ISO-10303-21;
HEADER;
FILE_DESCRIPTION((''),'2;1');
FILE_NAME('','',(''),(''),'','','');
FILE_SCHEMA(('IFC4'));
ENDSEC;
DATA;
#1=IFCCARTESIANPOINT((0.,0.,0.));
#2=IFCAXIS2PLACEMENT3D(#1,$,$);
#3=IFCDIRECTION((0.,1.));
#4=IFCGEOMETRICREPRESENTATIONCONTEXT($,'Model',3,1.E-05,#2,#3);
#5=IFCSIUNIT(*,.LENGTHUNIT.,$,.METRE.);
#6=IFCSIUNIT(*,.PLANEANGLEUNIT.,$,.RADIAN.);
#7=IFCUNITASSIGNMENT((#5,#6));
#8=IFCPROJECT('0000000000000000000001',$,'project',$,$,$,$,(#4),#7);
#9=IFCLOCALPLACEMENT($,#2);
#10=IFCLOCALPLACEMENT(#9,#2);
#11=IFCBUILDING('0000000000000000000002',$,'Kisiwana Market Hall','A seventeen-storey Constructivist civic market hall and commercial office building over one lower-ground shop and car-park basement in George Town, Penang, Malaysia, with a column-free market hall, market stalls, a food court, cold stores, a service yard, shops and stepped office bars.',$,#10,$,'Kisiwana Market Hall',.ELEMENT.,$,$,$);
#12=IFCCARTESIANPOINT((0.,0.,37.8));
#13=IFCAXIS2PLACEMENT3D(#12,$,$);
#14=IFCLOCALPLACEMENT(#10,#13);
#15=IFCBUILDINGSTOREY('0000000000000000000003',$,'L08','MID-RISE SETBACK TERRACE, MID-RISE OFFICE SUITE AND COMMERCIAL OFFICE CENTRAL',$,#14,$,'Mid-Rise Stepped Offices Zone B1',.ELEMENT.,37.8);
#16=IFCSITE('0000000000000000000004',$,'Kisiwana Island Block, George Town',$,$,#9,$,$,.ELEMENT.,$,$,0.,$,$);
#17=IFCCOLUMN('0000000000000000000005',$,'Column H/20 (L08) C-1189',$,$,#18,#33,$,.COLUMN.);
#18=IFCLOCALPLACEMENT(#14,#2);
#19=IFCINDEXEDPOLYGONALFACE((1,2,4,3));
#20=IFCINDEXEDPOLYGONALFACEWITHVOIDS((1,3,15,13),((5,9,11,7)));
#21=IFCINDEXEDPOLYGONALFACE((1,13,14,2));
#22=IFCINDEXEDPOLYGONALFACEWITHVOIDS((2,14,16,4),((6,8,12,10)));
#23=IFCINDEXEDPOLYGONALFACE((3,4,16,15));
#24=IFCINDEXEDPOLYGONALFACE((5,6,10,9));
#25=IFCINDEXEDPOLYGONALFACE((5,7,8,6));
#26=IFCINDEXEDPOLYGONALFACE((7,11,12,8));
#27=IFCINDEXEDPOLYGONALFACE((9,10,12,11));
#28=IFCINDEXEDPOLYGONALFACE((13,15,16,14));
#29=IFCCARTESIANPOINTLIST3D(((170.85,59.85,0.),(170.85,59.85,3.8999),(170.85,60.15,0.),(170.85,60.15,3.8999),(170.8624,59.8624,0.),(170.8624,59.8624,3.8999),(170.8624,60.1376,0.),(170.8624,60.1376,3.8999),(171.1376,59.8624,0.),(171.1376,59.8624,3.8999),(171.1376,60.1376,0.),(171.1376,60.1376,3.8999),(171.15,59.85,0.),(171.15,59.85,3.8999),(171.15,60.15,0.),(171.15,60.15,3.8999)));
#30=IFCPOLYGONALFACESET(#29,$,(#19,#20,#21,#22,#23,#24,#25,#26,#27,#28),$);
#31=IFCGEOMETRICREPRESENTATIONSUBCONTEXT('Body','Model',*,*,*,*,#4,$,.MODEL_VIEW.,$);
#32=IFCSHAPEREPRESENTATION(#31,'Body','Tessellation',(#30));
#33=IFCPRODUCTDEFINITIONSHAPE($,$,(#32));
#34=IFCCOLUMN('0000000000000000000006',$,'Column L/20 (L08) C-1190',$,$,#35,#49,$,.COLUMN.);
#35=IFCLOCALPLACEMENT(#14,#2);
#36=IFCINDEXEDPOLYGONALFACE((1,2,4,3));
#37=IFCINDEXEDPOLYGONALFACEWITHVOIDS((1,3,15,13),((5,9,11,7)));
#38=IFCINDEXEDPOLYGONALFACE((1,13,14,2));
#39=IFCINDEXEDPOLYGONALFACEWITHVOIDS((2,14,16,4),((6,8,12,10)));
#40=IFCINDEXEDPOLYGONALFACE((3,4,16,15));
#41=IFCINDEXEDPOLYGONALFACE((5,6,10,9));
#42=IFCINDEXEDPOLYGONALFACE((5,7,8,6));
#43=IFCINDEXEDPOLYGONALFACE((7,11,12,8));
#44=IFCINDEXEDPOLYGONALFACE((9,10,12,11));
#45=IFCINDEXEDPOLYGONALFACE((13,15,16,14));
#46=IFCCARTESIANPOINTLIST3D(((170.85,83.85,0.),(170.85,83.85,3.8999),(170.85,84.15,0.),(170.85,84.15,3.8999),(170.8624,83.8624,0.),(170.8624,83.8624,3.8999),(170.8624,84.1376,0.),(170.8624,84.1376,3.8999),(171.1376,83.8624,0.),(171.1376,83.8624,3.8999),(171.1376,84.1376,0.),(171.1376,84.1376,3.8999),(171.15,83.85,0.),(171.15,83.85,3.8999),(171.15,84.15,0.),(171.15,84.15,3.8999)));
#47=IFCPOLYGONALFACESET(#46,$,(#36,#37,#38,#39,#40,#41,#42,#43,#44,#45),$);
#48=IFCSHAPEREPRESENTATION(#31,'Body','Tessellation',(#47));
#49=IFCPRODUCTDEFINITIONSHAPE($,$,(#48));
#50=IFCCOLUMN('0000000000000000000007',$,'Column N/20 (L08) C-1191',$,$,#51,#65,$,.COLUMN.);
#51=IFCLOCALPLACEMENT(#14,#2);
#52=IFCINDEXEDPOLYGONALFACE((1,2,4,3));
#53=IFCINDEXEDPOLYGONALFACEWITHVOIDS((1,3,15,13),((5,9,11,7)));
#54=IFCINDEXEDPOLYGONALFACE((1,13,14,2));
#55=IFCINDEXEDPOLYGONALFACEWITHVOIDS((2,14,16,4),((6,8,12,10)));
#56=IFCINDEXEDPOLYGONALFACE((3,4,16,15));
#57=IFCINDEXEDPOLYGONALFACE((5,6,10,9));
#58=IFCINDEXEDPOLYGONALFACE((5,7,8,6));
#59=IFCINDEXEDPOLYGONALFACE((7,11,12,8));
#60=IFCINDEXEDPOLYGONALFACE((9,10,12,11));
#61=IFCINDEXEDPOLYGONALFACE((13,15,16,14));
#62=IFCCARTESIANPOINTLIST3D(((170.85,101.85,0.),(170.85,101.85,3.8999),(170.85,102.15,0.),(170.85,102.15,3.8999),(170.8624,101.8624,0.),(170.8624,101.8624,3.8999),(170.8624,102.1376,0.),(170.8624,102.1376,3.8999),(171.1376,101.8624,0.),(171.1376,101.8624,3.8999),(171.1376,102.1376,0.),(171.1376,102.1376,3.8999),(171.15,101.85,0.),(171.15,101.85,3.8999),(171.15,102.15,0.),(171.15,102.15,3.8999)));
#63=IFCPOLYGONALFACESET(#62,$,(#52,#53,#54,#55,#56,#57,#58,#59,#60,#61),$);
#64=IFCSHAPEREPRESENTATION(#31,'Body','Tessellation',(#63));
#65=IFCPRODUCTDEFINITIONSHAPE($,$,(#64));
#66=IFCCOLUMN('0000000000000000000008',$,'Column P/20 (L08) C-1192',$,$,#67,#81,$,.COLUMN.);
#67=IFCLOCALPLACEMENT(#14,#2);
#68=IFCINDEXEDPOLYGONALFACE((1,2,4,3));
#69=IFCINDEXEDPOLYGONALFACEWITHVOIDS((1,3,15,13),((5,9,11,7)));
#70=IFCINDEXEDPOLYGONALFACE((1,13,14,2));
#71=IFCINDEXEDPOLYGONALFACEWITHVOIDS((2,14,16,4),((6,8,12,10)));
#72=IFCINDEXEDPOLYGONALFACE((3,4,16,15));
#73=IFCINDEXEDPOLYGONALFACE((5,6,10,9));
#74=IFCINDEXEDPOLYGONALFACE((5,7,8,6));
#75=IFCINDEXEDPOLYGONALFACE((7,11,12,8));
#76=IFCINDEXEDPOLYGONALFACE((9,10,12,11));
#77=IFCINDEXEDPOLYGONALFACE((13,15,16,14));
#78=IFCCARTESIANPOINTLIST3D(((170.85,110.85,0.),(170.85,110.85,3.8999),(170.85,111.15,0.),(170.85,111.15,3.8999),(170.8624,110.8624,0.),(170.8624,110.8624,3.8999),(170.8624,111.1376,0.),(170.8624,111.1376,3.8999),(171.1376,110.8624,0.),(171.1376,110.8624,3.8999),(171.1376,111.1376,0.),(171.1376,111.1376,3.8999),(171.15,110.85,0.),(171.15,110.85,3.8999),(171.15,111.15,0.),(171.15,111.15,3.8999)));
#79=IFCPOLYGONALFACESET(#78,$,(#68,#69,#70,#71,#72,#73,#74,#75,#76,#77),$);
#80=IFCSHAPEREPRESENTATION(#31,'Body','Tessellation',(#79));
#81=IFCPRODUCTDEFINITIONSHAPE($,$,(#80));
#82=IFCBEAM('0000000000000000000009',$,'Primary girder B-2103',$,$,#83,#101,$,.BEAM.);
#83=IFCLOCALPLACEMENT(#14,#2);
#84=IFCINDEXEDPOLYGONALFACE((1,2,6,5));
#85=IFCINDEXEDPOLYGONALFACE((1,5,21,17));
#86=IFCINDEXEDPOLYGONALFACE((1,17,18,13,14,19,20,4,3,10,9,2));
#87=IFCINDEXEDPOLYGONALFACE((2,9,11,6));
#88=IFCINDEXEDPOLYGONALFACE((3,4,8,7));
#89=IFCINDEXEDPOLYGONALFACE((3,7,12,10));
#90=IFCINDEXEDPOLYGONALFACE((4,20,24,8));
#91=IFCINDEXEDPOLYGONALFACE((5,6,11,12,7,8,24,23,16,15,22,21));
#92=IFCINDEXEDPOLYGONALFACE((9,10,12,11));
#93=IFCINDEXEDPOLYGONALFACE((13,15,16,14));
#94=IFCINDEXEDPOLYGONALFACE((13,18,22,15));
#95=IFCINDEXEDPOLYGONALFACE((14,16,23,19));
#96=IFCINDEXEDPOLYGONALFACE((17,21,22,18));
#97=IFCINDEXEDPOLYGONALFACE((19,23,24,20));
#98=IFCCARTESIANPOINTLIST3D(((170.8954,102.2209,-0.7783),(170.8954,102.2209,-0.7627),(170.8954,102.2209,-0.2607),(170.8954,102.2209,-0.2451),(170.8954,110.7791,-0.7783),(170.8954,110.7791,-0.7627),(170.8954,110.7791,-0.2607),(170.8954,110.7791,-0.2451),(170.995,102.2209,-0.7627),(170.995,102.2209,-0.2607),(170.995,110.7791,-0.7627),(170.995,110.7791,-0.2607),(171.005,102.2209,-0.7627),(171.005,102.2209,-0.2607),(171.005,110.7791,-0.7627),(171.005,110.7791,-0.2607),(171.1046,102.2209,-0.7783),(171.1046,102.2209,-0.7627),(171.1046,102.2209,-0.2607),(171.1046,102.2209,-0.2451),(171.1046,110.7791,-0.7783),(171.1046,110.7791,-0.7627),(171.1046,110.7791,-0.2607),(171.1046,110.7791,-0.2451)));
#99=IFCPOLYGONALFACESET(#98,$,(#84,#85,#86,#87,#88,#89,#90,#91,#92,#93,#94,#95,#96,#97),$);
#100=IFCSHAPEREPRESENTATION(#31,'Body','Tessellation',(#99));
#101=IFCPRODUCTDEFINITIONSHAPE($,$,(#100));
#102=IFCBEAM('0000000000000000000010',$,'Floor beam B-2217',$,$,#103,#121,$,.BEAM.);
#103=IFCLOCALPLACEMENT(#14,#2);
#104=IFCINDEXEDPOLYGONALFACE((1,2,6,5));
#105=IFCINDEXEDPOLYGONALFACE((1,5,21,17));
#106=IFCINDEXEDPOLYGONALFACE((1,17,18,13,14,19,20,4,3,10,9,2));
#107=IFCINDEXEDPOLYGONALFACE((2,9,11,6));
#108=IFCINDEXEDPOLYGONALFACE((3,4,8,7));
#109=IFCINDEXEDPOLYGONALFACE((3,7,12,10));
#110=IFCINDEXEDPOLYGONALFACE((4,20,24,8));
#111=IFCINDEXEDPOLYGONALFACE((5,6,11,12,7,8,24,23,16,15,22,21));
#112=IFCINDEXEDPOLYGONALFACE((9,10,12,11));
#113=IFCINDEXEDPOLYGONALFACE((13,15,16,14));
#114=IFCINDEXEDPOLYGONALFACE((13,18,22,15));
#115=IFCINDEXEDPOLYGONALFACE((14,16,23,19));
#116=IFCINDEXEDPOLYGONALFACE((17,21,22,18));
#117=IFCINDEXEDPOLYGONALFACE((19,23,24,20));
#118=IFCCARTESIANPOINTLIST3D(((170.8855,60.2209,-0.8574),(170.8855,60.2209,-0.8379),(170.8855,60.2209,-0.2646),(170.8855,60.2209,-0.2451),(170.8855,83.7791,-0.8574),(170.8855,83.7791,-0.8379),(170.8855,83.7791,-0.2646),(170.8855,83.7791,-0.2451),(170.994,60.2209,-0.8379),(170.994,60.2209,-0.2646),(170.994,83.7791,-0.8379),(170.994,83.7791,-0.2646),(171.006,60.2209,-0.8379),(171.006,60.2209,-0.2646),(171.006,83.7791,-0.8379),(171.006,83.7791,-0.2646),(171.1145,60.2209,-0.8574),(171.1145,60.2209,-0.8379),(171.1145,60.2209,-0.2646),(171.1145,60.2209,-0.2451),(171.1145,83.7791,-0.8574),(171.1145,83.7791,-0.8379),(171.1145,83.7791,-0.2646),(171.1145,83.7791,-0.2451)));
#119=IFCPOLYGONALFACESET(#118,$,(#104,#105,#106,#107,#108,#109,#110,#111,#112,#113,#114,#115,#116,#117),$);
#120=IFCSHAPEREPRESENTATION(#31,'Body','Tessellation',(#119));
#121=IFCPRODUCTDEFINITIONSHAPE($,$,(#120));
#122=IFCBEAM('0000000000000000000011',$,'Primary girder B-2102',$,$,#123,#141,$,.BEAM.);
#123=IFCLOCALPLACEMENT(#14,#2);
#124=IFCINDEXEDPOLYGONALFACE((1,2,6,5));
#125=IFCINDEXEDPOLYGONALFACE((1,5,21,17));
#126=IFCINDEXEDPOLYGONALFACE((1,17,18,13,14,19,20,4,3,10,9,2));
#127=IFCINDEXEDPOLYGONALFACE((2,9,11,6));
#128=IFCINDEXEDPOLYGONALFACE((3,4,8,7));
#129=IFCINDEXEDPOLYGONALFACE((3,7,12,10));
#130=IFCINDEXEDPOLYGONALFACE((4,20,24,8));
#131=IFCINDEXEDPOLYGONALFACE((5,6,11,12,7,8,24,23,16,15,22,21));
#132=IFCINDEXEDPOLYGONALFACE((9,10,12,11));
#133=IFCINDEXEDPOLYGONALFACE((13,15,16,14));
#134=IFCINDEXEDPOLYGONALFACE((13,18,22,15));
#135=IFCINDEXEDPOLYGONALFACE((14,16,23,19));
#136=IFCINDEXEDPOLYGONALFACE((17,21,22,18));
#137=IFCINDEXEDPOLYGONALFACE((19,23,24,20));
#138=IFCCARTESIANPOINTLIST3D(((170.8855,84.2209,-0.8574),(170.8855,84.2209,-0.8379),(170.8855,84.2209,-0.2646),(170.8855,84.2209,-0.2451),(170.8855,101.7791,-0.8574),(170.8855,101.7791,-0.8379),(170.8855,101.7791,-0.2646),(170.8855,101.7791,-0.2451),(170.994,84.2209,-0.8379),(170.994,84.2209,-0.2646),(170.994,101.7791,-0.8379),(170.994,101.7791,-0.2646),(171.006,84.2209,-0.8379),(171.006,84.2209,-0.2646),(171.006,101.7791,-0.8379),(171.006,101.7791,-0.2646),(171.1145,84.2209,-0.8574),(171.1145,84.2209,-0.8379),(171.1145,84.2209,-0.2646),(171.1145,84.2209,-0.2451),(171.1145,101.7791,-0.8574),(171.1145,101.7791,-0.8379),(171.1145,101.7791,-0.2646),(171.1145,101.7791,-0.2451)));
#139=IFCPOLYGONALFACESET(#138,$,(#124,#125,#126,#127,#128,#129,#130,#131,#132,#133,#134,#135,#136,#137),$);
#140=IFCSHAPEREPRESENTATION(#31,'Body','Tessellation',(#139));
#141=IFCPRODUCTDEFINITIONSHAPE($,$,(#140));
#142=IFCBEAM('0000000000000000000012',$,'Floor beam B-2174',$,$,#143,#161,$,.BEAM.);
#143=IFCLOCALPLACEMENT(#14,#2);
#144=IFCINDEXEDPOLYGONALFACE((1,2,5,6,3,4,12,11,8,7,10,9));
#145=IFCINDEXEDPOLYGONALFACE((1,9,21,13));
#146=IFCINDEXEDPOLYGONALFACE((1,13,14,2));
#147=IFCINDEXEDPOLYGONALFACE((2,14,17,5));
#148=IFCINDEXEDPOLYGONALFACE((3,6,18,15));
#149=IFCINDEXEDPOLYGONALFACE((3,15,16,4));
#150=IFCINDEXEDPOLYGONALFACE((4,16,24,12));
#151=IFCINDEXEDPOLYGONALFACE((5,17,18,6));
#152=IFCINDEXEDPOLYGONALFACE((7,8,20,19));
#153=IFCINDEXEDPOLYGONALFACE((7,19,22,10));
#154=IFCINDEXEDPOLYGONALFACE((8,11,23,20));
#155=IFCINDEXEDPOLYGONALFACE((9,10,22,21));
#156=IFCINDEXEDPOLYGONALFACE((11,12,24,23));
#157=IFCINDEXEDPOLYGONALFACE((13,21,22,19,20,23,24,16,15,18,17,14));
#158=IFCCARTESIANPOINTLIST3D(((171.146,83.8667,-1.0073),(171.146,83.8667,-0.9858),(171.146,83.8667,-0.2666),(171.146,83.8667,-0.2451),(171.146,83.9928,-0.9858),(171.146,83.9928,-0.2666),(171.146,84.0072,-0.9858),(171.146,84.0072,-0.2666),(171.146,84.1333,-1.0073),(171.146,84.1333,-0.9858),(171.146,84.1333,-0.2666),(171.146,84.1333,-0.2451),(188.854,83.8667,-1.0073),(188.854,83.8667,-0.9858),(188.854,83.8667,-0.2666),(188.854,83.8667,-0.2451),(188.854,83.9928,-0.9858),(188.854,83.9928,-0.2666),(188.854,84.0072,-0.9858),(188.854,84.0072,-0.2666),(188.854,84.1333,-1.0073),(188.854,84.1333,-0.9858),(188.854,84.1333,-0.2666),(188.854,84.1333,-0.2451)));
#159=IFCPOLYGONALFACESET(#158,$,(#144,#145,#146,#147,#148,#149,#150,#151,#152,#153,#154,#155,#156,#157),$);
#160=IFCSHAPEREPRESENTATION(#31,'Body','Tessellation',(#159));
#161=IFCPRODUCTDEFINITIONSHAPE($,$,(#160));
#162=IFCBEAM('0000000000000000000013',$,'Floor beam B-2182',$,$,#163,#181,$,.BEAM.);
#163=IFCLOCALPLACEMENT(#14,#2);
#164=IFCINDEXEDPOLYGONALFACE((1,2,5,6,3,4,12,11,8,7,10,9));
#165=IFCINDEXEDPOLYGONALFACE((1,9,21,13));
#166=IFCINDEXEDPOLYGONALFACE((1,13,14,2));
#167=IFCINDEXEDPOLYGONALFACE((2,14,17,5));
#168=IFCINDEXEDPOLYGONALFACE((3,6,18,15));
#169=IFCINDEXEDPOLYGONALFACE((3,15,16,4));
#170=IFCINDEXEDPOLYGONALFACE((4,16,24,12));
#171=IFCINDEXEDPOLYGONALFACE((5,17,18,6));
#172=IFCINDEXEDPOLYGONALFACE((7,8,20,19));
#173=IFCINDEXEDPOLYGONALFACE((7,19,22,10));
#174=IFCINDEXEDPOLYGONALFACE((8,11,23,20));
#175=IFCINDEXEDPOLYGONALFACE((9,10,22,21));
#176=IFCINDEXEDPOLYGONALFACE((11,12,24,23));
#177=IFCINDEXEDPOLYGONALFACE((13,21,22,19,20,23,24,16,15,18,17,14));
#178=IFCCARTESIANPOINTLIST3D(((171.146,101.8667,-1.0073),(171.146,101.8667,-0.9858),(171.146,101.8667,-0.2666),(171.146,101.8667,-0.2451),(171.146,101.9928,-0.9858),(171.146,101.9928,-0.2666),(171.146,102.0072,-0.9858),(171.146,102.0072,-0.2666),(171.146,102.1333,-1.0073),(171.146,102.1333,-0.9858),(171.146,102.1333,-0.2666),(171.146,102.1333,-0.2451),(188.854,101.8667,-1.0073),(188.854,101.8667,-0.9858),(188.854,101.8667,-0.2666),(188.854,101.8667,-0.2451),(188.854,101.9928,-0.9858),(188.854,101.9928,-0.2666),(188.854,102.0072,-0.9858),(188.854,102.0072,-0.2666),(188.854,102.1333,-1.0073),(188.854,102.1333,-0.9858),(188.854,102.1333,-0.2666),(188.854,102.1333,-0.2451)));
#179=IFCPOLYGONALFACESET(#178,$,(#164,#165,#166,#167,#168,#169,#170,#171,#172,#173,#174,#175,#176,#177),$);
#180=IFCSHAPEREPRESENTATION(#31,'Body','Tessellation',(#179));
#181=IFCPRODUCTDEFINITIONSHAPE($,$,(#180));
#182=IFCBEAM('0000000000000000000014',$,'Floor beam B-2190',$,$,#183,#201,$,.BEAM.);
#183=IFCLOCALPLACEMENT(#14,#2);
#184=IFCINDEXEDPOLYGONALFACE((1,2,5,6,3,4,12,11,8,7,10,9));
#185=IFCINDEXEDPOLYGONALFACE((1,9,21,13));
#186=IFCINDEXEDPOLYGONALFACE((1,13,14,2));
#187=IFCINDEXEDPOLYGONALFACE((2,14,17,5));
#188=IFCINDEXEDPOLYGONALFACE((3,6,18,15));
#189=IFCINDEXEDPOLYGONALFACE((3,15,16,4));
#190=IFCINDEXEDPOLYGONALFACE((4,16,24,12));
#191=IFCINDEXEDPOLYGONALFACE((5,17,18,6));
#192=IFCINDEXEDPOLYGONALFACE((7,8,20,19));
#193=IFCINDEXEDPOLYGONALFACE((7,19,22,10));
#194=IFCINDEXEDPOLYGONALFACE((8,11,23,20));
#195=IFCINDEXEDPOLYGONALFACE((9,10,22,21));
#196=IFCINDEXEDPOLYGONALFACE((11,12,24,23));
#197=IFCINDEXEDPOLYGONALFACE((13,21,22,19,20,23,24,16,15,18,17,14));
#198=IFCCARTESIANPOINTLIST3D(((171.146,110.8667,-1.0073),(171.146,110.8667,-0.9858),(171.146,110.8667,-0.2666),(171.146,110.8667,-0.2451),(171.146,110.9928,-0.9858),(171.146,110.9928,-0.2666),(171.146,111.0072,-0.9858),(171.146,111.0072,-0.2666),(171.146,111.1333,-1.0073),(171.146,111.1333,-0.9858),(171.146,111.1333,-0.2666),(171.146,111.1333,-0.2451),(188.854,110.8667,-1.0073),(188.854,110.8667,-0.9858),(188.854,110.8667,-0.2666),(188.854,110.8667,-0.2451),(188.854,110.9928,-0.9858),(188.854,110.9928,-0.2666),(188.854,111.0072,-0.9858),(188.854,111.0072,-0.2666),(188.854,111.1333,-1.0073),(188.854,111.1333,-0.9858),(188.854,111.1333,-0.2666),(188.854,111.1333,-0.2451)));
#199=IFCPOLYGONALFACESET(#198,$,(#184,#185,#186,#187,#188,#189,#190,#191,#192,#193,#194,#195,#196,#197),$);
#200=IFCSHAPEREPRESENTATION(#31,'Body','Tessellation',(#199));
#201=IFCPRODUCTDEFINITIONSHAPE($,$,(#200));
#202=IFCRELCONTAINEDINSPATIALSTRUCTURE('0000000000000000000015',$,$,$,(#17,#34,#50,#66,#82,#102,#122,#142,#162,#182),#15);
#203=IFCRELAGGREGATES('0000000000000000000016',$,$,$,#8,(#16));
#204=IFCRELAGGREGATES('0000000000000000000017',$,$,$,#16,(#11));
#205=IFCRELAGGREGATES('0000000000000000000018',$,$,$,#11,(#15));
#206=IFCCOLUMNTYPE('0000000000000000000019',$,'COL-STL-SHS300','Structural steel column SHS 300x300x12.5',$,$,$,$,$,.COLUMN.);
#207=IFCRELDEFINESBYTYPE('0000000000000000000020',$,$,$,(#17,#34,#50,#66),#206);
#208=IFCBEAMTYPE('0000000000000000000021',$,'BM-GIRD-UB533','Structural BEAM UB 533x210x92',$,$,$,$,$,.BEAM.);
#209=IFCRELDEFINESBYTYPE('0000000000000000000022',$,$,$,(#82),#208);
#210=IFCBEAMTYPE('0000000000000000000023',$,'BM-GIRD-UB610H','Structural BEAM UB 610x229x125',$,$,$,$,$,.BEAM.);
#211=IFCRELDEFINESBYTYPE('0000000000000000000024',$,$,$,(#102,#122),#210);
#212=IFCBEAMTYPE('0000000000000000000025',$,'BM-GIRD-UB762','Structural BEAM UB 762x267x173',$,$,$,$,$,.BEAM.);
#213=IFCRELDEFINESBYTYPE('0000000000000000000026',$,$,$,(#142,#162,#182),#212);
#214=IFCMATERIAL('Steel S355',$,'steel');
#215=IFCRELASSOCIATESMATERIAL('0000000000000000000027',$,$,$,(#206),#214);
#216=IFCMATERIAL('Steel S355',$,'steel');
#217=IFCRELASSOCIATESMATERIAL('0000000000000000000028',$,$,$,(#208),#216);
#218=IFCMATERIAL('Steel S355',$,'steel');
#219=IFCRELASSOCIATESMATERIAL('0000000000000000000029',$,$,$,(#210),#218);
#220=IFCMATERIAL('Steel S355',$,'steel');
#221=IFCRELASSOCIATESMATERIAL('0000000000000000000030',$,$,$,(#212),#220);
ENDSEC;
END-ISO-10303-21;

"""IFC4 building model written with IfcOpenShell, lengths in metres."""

from ifc_helpers import new_model, si_unit, direction, frame, origin, origin_2d, place, context, subcontext, project, spatial, hollow_rectangle, i_section, extrude, material, material_profile, profile_set, type_object, element, save


model = new_model("IFC4")

# Units and contexts
model_context = context("Model", 3, precision=1e-05, world=origin(), true_north=direction((0.0, 1.0)))
body_context = subcontext(model_context, "Body", "Model", "MODEL_VIEW")
ifc_project = project(units=[si_unit("LENGTHUNIT", "METRE"), si_unit("PLANEANGLEUNIT", "RADIAN")], contexts=[model_context])

# Site, building, storey
site_placement = place(None, origin())
site = spatial("IfcSite", under=ifc_project, at=site_placement, Name="Kisiwana Island Block, George Town", CompositionType="ELEMENT", RefElevation=0.0)
building_placement = place(site_placement, origin())
building = spatial("IfcBuilding", under=site, at=building_placement, Name="Kisiwana Market Hall", Description="A seventeen-storey Constructivist civic market hall and commercial office building over one lower-ground shop and car-park basement in George Town, Penang, Malaysia, with a column-free market hall, market stalls, a food court, cold stores, a service yard, shops and stepped office bars.", LongName="Kisiwana Market Hall", CompositionType="ELEMENT")
storey_placement = place(building_placement, frame((0.0, 0.0, 37.8)))
storey = spatial("IfcBuildingStorey", under=building, at=storey_placement, Name="L08", Description="MID-RISE SETBACK TERRACE, MID-RISE OFFICE SUITE AND COMMERCIAL OFFICE CENTRAL", LongName="Mid-Rise Stepped Offices Zone B1", CompositionType="ELEMENT", Elevation=37.8)

# Columns
ifc_material_1 = material(Name="Steel S355", Category="steel")
ifc_material_profile_1 = material_profile(ifc_material_1, hollow_rectangle(XDim=0.3, YDim=0.3, WallThickness=0.0125, at=origin_2d()), Name="SHS 300x300x12.5")
ifc_profile_set_1 = profile_set([ifc_material_profile_1], Name="Steel S355")
column_type = type_object("IfcColumnType", Name="COL-STL-SHS300", Description="Structural steel column SHS 300x300x12.5", PredefinedType="COLUMN", material=ifc_profile_set_1)
for number, where, z_axis, x_axis, name in (
    (1, (171.0, 60.0, 0.0), (0.0, 0.0, 1.0), (1.0, 0.0, 0.0), "Column H/20 (L08) C-1189"),
    (2, (171.0, 84.0, 0.0), (0.0, 0.0, 1.0), (1.0, 0.0, 0.0), "Column L/20 (L08) C-1190"),
    (3, (171.0, 102.0, 0.0), (0.0, 0.0, 1.0), (1.0, 0.0, 0.0), "Column N/20 (L08) C-1191"),
    (4, (171.0, 111.0, 0.0), (0.0, 0.0, 1.0), (1.0, 0.0, 0.0), "Column P/20 (L08) C-1192"),
):
    element("IfcColumn", number, at=place(storey_placement, frame(where, z_axis=z_axis, x_axis=x_axis)), inside=storey, type_object=column_type, Name=name, PredefinedType="COLUMN", context=body_context, shape_type="SweptSolid", body=[
        extrude(hollow_rectangle(XDim=0.3, YDim=0.3, WallThickness=0.0125, at=origin_2d()), origin(), (0.0, 0.0, 1.0), 3.8999),
    ])

# Beams
ifc_material_2 = material(Name="Steel S355", Category="steel")
ifc_material_profile_2 = material_profile(ifc_material_2, i_section(OverallWidth=0.2092, OverallDepth=0.5332, WebThickness=0.01, FlangeThickness=0.0156, at=origin_2d()), Name="UB 533x210x92")
ifc_profile_set_2 = profile_set([ifc_material_profile_2], Name="Steel S355")
beam_type_1 = type_object("IfcBeamType", Name="BM-GIRD-UB533", Description="Structural BEAM UB 533x210x92", PredefinedType="BEAM", material=ifc_profile_set_2)
beam_1_placement = place(storey_placement, frame((171.0, 102.2209, -0.5117), z_axis=(0.0, 1.0, 0.0), x_axis=(-1.0, 0.0, 0.0)))
element("IfcBeam", 5, at=beam_1_placement, inside=storey, type_object=beam_type_1, Name="Primary girder B-2103", PredefinedType="BEAM", context=body_context, shape_type="SweptSolid", body=[
    extrude(i_section(OverallWidth=0.2092, OverallDepth=0.5332, WebThickness=0.01, FlangeThickness=0.0156, at=origin_2d()), origin(), (0.0, 0.0, 1.0), 8.5581),
])
ifc_material_3 = material(Name="Steel S355", Category="steel")
ifc_material_profile_3 = material_profile(ifc_material_3, i_section(OverallWidth=0.229, OverallDepth=0.6123, WebThickness=0.012, FlangeThickness=0.0195, at=origin_2d()), Name="UB 610x229x125")
ifc_profile_set_3 = profile_set([ifc_material_profile_3], Name="Steel S355")
beam_type_2 = type_object("IfcBeamType", Name="BM-GIRD-UB610H", Description="Structural BEAM UB 610x229x125", PredefinedType="BEAM", material=ifc_profile_set_3)
beam_2_placement = place(storey_placement, frame((171.0, 60.2209, -0.5513), z_axis=(0.0, 1.0, 0.0), x_axis=(-1.0, 0.0, 0.0)))
element("IfcBeam", 6, at=beam_2_placement, inside=storey, type_object=beam_type_2, Name="Floor beam B-2217", PredefinedType="BEAM", context=body_context, shape_type="SweptSolid", body=[
    extrude(i_section(OverallWidth=0.229, OverallDepth=0.6123, WebThickness=0.012, FlangeThickness=0.0195, at=origin_2d()), origin(), (0.0, 0.0, 1.0), 23.5581),
])
beam_3_placement = place(storey_placement, frame((171.0, 84.2209, -0.5513), z_axis=(0.0, 1.0, 0.0), x_axis=(-1.0, 0.0, 0.0)))
element("IfcBeam", 7, at=beam_3_placement, inside=storey, type_object=beam_type_2, Name="Primary girder B-2102", PredefinedType="BEAM", context=body_context, shape_type="SweptSolid", body=[
    extrude(i_section(OverallWidth=0.229, OverallDepth=0.6123, WebThickness=0.012, FlangeThickness=0.0195, at=origin_2d()), origin(), (0.0, 0.0, 1.0), 17.5581),
])
ifc_material_4 = material(Name="Steel S355", Category="steel")
ifc_material_profile_4 = material_profile(ifc_material_4, i_section(OverallWidth=0.2666, OverallDepth=0.7622, WebThickness=0.0144, FlangeThickness=0.0215, at=origin_2d()), Name="UB 762x267x173")
ifc_profile_set_4 = profile_set([ifc_material_profile_4], Name="Steel S355")
beam_type_3 = type_object("IfcBeamType", Name="BM-GIRD-UB762", Description="Structural BEAM UB 762x267x173", PredefinedType="BEAM", material=ifc_profile_set_4)
for number, where, z_axis, x_axis, name in (
    (8, (171.146, 84.0, -0.6262), (1.0, 0.0, 0.0), (0.0, 1.0, 0.0), "Floor beam B-2174"),
    (9, (171.146, 102.0, -0.6262), (1.0, 0.0, 0.0), (0.0, 1.0, 0.0), "Floor beam B-2182"),
    (10, (171.146, 111.0, -0.6262), (1.0, 0.0, 0.0), (0.0, 1.0, 0.0), "Floor beam B-2190"),
):
    element("IfcBeam", number, at=place(storey_placement, frame(where, z_axis=z_axis, x_axis=x_axis)), inside=storey, type_object=beam_type_3, Name=name, PredefinedType="BEAM", context=body_context, shape_type="SweptSolid", body=[
        extrude(i_section(OverallWidth=0.2666, OverallDepth=0.7622, WebThickness=0.0144, FlangeThickness=0.0215, at=origin_2d()), origin(), (0.0, 0.0, 1.0), 17.708),
    ])

save(model, "model.ifc")
